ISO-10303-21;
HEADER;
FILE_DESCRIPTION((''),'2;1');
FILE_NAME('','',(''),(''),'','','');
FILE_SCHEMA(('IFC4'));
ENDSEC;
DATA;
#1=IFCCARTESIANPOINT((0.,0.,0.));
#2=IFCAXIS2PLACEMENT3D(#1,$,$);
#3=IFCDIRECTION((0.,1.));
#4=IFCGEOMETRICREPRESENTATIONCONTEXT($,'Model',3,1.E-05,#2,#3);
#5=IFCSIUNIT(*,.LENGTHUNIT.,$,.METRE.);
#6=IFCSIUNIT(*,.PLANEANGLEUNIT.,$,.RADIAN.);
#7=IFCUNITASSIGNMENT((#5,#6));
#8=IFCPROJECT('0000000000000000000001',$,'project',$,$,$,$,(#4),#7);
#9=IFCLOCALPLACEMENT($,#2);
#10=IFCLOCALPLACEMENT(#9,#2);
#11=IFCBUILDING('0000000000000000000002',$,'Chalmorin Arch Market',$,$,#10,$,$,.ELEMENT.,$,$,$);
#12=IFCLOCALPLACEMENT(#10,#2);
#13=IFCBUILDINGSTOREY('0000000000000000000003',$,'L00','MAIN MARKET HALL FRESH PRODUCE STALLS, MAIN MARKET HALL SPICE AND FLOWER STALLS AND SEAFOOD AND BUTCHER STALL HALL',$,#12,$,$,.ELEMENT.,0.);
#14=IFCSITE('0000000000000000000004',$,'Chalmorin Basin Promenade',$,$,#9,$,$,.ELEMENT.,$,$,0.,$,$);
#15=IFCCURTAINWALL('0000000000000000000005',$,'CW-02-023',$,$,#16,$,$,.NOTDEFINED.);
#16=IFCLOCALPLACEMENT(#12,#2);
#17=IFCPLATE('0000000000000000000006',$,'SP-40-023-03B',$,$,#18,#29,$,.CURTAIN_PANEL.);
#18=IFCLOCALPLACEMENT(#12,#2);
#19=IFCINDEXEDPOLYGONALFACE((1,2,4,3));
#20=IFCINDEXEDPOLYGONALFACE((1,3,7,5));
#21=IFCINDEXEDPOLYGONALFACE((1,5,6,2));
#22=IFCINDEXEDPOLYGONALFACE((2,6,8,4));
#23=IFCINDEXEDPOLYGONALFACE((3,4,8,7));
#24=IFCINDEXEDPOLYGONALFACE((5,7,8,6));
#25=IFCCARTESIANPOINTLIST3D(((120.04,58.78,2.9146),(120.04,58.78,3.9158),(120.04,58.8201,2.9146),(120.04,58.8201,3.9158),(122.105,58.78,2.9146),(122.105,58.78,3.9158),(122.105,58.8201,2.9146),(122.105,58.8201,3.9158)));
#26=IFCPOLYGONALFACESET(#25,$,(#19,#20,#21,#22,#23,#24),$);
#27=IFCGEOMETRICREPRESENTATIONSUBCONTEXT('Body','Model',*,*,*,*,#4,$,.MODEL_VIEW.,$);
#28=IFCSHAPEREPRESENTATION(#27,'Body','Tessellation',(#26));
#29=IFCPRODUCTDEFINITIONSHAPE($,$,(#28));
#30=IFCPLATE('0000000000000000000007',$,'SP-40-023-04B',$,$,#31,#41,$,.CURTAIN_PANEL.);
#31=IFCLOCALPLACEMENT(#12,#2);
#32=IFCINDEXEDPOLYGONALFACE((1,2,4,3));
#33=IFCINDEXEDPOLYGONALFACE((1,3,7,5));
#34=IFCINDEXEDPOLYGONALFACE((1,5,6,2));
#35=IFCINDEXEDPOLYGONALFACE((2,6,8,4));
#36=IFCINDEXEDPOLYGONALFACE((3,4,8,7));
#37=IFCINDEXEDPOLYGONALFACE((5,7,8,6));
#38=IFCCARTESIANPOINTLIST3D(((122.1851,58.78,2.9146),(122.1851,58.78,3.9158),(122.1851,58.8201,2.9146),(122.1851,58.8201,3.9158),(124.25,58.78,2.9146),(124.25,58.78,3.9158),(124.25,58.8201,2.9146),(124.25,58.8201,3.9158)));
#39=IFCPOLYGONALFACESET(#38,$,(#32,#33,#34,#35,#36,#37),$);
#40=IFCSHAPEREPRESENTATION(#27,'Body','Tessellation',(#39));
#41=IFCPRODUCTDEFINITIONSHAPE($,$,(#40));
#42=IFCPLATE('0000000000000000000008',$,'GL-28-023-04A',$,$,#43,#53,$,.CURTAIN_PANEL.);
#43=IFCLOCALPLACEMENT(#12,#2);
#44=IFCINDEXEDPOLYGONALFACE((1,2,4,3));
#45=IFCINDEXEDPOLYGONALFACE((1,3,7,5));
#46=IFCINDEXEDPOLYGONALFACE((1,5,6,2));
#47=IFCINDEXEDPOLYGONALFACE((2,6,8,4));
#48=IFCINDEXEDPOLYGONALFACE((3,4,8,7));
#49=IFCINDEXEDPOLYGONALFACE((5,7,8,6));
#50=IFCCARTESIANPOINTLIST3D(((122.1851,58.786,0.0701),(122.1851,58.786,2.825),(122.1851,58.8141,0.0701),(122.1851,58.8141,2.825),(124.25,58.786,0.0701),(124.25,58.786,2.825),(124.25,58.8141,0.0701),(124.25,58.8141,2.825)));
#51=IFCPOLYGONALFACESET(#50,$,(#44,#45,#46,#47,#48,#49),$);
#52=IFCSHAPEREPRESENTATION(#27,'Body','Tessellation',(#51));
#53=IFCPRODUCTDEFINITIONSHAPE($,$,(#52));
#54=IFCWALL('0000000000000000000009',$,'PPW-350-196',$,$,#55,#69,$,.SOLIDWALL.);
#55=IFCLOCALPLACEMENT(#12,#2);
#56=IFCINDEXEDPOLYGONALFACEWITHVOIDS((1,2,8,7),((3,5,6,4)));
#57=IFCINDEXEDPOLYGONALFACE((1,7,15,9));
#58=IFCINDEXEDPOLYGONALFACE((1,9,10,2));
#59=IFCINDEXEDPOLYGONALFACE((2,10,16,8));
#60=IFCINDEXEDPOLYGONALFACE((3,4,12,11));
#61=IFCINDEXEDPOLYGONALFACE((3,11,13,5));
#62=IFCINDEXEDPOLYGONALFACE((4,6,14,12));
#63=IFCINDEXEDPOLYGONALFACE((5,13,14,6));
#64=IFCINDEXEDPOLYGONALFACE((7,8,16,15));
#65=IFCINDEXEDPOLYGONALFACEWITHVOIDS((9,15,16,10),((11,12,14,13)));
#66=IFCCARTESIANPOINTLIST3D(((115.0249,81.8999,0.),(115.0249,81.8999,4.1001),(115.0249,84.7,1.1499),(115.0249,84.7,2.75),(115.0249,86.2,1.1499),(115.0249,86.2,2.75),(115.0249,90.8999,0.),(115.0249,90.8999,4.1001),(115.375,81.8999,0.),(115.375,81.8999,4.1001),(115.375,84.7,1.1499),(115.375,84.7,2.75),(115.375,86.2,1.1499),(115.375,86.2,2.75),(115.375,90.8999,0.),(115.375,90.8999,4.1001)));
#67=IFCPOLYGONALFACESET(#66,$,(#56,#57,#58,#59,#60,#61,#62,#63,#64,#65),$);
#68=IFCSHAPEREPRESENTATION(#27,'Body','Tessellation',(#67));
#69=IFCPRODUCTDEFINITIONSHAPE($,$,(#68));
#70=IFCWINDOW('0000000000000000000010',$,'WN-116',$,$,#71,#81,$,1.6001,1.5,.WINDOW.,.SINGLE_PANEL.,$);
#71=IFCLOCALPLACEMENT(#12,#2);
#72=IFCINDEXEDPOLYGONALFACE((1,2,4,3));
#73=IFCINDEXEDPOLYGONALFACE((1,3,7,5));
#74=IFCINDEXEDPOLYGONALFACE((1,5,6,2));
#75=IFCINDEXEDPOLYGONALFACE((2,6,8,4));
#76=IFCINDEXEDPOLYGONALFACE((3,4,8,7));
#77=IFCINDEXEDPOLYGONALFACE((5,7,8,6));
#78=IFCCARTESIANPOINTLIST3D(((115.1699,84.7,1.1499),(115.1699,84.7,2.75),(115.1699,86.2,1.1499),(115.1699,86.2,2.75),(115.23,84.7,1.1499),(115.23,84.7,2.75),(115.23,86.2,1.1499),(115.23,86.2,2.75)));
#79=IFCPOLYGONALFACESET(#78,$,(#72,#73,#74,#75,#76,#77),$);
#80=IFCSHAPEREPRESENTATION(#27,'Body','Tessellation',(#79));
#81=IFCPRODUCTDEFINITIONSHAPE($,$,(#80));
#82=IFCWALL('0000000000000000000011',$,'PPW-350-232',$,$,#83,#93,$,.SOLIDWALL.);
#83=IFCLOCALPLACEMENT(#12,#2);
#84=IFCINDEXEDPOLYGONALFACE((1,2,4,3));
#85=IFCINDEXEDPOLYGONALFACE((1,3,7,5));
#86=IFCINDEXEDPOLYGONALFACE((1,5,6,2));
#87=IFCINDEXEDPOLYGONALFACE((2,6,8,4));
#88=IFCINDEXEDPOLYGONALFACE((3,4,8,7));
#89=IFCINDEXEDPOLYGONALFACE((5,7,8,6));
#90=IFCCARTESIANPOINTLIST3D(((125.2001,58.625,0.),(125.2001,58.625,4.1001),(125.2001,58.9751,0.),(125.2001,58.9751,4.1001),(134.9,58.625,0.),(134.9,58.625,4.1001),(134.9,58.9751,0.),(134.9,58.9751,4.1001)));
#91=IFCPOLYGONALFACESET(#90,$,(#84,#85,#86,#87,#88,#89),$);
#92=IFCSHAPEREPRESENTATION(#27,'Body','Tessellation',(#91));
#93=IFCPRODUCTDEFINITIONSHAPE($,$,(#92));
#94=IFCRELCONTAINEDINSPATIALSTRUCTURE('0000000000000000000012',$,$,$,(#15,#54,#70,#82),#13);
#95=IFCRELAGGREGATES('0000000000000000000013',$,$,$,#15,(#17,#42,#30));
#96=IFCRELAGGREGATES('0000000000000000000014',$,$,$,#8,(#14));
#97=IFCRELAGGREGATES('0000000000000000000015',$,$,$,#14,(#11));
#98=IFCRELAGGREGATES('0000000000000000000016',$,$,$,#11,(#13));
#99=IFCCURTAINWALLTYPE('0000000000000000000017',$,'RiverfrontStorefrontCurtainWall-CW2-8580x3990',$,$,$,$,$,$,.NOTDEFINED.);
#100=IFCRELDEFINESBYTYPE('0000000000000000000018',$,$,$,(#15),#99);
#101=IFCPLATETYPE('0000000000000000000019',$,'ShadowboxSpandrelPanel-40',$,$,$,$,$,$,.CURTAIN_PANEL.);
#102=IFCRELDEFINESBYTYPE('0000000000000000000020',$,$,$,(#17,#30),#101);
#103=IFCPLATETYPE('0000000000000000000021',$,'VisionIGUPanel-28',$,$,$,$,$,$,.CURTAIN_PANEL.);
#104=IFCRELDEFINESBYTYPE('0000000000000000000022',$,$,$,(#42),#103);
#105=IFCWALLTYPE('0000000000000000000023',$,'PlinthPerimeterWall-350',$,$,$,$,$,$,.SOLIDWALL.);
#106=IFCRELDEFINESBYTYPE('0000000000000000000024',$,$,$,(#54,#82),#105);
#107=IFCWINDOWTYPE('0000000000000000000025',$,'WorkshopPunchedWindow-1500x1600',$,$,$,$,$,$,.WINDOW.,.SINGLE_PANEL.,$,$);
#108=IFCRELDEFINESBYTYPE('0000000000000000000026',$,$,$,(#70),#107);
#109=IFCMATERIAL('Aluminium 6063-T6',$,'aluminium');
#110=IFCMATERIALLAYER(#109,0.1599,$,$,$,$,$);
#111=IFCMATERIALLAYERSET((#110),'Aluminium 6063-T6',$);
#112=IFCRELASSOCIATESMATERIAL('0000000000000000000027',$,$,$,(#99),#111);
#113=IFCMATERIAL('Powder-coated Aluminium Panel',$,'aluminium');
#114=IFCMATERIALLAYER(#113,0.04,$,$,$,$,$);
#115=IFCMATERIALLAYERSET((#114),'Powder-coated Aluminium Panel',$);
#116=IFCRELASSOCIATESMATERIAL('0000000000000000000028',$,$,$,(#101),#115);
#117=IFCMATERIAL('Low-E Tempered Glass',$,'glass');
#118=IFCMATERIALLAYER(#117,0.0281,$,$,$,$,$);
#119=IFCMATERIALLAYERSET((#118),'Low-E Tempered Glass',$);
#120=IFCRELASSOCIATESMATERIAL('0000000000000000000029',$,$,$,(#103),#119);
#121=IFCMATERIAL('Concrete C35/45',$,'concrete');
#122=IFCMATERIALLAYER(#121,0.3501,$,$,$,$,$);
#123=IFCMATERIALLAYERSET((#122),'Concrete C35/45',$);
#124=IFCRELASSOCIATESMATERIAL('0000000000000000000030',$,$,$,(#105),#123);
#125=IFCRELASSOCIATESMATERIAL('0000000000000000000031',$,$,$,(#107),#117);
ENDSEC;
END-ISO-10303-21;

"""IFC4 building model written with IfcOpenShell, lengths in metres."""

from ifc_helpers import new_model, si_unit, direction, frame, frame_2d, origin, origin_2d, place, context, subcontext, project, spatial, rectangle, extrude, material, layer, layer_set, type_object, element, fill, aggregate, save


model = new_model("IFC4")

# Units and contexts
model_context = context("Model", 3, precision=1e-05, world=origin(), true_north=direction((0.0, 1.0)))
body_context = subcontext(model_context, "Body", "Model", "MODEL_VIEW")
ifc_project = project(units=[si_unit("LENGTHUNIT", "METRE"), si_unit("PLANEANGLEUNIT", "RADIAN")], contexts=[model_context])

# Site, building, storey
site_placement = place(None, origin())
site = spatial("IfcSite", under=ifc_project, at=site_placement, Name="Chalmorin Basin Promenade", CompositionType="ELEMENT", RefElevation=0.0)
building_placement = place(site_placement, origin())
building = spatial("IfcBuilding", under=site, at=building_placement, Name="Chalmorin Arch Market", CompositionType="ELEMENT")
storey_placement = place(building_placement, origin())
storey = spatial("IfcBuildingStorey", under=building, at=storey_placement, Name="L00", Description="MAIN MARKET HALL FRESH PRODUCE STALLS, MAIN MARKET HALL SPICE AND FLOWER STALLS AND SEAFOOD AND BUTCHER STALL HALL", CompositionType="ELEMENT", Elevation=0.0)

# Curtain wall
ifc_material_1 = material(Name="Aluminium 6063-T6", Category="aluminium")
ifc_layer_1 = layer(ifc_material_1, 0.1599)
ifc_layer_set_1 = layer_set([ifc_layer_1], Name="Aluminium 6063-T6")
curtain_wall_type = type_object("IfcCurtainWallType", Name="RiverfrontStorefrontCurtainWall-CW2-8580x3990", PredefinedType="NOTDEFINED", material=ifc_layer_set_1)
curtain_wall_placement = place(storey_placement, origin())
curtain_wall = element("IfcCurtainWall", 1, at=curtain_wall_placement, inside=storey, type_object=curtain_wall_type, Name="CW-02-023", PredefinedType="NOTDEFINED")

# Plates
ifc_material_2 = material(Name="Powder-coated Aluminium Panel", Category="aluminium")
ifc_layer_2 = layer(ifc_material_2, 0.04)
ifc_layer_set_2 = layer_set([ifc_layer_2], Name="Powder-coated Aluminium Panel")
plate_type_1 = type_object("IfcPlateType", Name="ShadowboxSpandrelPanel-40", PredefinedType="CURTAIN_PANEL", material=ifc_layer_set_2)
plate_1_placement = place(storey_placement, frame((121.0725, 58.8, 2.9146), z_axis=(0.0, 0.0, 1.0), x_axis=(1.0, 0.0, 0.0)))
plate_1 = element("IfcPlate", 2, at=plate_1_placement, type_object=plate_type_1, Name="SP-40-023-03B", PredefinedType="CURTAIN_PANEL", context=body_context, shape_type="SweptSolid", body=[
    extrude(rectangle(XDim=2.0649, YDim=0.04, at=origin_2d()), origin(), (0.0, 0.0, 1.0), 1.0012),
])
plate_2_placement = place(storey_placement, frame((123.2175, 58.8, 2.9146), z_axis=(0.0, 0.0, 1.0), x_axis=(1.0, 0.0, 0.0)))
plate_2 = element("IfcPlate", 3, at=plate_2_placement, type_object=plate_type_1, Name="SP-40-023-04B", PredefinedType="CURTAIN_PANEL", context=body_context, shape_type="SweptSolid", body=[
    extrude(rectangle(XDim=2.0649, YDim=0.04, at=origin_2d()), origin(), (0.0, 0.0, 1.0), 1.0012),
])
ifc_material_3 = material(Name="Low-E Tempered Glass", Category="glass")
ifc_layer_3 = layer(ifc_material_3, 0.0281)
ifc_layer_set_3 = layer_set([ifc_layer_3], Name="Low-E Tempered Glass")
plate_type_2 = type_object("IfcPlateType", Name="VisionIGUPanel-28", PredefinedType="CURTAIN_PANEL", material=ifc_layer_set_3)
plate_3_placement = place(storey_placement, frame((123.2175, 58.8, 0.0701), z_axis=(0.0, 0.0, 1.0), x_axis=(1.0, 0.0, 0.0)))
plate_3 = element("IfcPlate", 4, at=plate_3_placement, type_object=plate_type_2, Name="GL-28-023-04A", PredefinedType="CURTAIN_PANEL", context=body_context, shape_type="SweptSolid", body=[
    extrude(rectangle(XDim=2.0649, YDim=0.0281, at=origin_2d()), origin(), (0.0, 0.0, 1.0), 2.7549),
])
aggregate(curtain_wall, [plate_1, plate_3, plate_2])

# Wall, opening, window
ifc_material_4 = material(Name="Concrete C35/45", Category="concrete")
ifc_layer_4 = layer(ifc_material_4, 0.3501)
ifc_layer_set_4 = layer_set([ifc_layer_4], Name="Concrete C35/45")
wall_type = type_object("IfcWallType", Name="PlinthPerimeterWall-350", PredefinedType="SOLIDWALL", material=ifc_layer_set_4)
wall_1_placement = place(storey_placement, frame((115.2, 81.8999, 0.0), z_axis=(0.0, 0.0, 1.0), x_axis=(0.0, 1.0, 0.0)))
wall_1 = element("IfcWall", 5, at=wall_1_placement, inside=storey, type_object=wall_type, Name="PPW-350-196", PredefinedType="SOLIDWALL", context=body_context, shape_type="SweptSolid", body=[
    extrude(rectangle(XDim=9.0, YDim=0.3501, at=frame_2d((4.5, 0.0))), origin(), (0.0, 0.0, 1.0), 4.1001),
])
opening_placement = place(wall_1_placement, frame((2.8, 0.0, 1.1499)))
opening = element("IfcOpeningElement", 6, at=opening_placement, cuts=wall_1, PredefinedType="OPENING", context=body_context, shape_type="SweptSolid", body=[
    extrude(rectangle(XDim=1.5, YDim=1.6001, at=frame_2d((0.75, 0.8))), frame((0.0, 0.1851, 0.0), z_axis=(0.0, -1.0, 0.0), x_axis=(1.0, 0.0, 0.0)), (0.0, 0.0, 1.0), 0.3701),
])
window_type = type_object("IfcWindowType", Name="WorkshopPunchedWindow-1500x1600", PartitioningType="SINGLE_PANEL", PredefinedType="WINDOW", material=ifc_material_3)
window_placement = place(opening_placement, origin())
window = element("IfcWindow", 7, at=window_placement, inside=storey, type_object=window_type, Name="WN-116", OverallHeight=1.6001, OverallWidth=1.5, PartitioningType="SINGLE_PANEL", PredefinedType="WINDOW", context=body_context, shape_type="SweptSolid", body=[
    extrude(rectangle(XDim=1.5, YDim=1.6001, at=frame_2d((0.75, 0.8))), frame((0.0, 0.03, 0.0), z_axis=(0.0, -1.0, 0.0), x_axis=(1.0, 0.0, 0.0)), (0.0, 0.0, 1.0), 0.0601),
])
fill(opening, window)

# Wall
wall_2_placement = place(storey_placement, frame((125.2, 58.8, 0.0), z_axis=(0.0, 0.0, 1.0), x_axis=(1.0, 0.0, 0.0)))
element("IfcWall", 8, at=wall_2_placement, inside=storey, type_object=wall_type, Name="PPW-350-232", PredefinedType="SOLIDWALL", context=body_context, shape_type="SweptSolid", body=[
    extrude(rectangle(XDim=9.7, YDim=0.3501, at=frame_2d((4.8501, 0.0))), origin(), (0.0, 0.0, 1.0), 4.1001),
])

save(model, "model.ifc")
